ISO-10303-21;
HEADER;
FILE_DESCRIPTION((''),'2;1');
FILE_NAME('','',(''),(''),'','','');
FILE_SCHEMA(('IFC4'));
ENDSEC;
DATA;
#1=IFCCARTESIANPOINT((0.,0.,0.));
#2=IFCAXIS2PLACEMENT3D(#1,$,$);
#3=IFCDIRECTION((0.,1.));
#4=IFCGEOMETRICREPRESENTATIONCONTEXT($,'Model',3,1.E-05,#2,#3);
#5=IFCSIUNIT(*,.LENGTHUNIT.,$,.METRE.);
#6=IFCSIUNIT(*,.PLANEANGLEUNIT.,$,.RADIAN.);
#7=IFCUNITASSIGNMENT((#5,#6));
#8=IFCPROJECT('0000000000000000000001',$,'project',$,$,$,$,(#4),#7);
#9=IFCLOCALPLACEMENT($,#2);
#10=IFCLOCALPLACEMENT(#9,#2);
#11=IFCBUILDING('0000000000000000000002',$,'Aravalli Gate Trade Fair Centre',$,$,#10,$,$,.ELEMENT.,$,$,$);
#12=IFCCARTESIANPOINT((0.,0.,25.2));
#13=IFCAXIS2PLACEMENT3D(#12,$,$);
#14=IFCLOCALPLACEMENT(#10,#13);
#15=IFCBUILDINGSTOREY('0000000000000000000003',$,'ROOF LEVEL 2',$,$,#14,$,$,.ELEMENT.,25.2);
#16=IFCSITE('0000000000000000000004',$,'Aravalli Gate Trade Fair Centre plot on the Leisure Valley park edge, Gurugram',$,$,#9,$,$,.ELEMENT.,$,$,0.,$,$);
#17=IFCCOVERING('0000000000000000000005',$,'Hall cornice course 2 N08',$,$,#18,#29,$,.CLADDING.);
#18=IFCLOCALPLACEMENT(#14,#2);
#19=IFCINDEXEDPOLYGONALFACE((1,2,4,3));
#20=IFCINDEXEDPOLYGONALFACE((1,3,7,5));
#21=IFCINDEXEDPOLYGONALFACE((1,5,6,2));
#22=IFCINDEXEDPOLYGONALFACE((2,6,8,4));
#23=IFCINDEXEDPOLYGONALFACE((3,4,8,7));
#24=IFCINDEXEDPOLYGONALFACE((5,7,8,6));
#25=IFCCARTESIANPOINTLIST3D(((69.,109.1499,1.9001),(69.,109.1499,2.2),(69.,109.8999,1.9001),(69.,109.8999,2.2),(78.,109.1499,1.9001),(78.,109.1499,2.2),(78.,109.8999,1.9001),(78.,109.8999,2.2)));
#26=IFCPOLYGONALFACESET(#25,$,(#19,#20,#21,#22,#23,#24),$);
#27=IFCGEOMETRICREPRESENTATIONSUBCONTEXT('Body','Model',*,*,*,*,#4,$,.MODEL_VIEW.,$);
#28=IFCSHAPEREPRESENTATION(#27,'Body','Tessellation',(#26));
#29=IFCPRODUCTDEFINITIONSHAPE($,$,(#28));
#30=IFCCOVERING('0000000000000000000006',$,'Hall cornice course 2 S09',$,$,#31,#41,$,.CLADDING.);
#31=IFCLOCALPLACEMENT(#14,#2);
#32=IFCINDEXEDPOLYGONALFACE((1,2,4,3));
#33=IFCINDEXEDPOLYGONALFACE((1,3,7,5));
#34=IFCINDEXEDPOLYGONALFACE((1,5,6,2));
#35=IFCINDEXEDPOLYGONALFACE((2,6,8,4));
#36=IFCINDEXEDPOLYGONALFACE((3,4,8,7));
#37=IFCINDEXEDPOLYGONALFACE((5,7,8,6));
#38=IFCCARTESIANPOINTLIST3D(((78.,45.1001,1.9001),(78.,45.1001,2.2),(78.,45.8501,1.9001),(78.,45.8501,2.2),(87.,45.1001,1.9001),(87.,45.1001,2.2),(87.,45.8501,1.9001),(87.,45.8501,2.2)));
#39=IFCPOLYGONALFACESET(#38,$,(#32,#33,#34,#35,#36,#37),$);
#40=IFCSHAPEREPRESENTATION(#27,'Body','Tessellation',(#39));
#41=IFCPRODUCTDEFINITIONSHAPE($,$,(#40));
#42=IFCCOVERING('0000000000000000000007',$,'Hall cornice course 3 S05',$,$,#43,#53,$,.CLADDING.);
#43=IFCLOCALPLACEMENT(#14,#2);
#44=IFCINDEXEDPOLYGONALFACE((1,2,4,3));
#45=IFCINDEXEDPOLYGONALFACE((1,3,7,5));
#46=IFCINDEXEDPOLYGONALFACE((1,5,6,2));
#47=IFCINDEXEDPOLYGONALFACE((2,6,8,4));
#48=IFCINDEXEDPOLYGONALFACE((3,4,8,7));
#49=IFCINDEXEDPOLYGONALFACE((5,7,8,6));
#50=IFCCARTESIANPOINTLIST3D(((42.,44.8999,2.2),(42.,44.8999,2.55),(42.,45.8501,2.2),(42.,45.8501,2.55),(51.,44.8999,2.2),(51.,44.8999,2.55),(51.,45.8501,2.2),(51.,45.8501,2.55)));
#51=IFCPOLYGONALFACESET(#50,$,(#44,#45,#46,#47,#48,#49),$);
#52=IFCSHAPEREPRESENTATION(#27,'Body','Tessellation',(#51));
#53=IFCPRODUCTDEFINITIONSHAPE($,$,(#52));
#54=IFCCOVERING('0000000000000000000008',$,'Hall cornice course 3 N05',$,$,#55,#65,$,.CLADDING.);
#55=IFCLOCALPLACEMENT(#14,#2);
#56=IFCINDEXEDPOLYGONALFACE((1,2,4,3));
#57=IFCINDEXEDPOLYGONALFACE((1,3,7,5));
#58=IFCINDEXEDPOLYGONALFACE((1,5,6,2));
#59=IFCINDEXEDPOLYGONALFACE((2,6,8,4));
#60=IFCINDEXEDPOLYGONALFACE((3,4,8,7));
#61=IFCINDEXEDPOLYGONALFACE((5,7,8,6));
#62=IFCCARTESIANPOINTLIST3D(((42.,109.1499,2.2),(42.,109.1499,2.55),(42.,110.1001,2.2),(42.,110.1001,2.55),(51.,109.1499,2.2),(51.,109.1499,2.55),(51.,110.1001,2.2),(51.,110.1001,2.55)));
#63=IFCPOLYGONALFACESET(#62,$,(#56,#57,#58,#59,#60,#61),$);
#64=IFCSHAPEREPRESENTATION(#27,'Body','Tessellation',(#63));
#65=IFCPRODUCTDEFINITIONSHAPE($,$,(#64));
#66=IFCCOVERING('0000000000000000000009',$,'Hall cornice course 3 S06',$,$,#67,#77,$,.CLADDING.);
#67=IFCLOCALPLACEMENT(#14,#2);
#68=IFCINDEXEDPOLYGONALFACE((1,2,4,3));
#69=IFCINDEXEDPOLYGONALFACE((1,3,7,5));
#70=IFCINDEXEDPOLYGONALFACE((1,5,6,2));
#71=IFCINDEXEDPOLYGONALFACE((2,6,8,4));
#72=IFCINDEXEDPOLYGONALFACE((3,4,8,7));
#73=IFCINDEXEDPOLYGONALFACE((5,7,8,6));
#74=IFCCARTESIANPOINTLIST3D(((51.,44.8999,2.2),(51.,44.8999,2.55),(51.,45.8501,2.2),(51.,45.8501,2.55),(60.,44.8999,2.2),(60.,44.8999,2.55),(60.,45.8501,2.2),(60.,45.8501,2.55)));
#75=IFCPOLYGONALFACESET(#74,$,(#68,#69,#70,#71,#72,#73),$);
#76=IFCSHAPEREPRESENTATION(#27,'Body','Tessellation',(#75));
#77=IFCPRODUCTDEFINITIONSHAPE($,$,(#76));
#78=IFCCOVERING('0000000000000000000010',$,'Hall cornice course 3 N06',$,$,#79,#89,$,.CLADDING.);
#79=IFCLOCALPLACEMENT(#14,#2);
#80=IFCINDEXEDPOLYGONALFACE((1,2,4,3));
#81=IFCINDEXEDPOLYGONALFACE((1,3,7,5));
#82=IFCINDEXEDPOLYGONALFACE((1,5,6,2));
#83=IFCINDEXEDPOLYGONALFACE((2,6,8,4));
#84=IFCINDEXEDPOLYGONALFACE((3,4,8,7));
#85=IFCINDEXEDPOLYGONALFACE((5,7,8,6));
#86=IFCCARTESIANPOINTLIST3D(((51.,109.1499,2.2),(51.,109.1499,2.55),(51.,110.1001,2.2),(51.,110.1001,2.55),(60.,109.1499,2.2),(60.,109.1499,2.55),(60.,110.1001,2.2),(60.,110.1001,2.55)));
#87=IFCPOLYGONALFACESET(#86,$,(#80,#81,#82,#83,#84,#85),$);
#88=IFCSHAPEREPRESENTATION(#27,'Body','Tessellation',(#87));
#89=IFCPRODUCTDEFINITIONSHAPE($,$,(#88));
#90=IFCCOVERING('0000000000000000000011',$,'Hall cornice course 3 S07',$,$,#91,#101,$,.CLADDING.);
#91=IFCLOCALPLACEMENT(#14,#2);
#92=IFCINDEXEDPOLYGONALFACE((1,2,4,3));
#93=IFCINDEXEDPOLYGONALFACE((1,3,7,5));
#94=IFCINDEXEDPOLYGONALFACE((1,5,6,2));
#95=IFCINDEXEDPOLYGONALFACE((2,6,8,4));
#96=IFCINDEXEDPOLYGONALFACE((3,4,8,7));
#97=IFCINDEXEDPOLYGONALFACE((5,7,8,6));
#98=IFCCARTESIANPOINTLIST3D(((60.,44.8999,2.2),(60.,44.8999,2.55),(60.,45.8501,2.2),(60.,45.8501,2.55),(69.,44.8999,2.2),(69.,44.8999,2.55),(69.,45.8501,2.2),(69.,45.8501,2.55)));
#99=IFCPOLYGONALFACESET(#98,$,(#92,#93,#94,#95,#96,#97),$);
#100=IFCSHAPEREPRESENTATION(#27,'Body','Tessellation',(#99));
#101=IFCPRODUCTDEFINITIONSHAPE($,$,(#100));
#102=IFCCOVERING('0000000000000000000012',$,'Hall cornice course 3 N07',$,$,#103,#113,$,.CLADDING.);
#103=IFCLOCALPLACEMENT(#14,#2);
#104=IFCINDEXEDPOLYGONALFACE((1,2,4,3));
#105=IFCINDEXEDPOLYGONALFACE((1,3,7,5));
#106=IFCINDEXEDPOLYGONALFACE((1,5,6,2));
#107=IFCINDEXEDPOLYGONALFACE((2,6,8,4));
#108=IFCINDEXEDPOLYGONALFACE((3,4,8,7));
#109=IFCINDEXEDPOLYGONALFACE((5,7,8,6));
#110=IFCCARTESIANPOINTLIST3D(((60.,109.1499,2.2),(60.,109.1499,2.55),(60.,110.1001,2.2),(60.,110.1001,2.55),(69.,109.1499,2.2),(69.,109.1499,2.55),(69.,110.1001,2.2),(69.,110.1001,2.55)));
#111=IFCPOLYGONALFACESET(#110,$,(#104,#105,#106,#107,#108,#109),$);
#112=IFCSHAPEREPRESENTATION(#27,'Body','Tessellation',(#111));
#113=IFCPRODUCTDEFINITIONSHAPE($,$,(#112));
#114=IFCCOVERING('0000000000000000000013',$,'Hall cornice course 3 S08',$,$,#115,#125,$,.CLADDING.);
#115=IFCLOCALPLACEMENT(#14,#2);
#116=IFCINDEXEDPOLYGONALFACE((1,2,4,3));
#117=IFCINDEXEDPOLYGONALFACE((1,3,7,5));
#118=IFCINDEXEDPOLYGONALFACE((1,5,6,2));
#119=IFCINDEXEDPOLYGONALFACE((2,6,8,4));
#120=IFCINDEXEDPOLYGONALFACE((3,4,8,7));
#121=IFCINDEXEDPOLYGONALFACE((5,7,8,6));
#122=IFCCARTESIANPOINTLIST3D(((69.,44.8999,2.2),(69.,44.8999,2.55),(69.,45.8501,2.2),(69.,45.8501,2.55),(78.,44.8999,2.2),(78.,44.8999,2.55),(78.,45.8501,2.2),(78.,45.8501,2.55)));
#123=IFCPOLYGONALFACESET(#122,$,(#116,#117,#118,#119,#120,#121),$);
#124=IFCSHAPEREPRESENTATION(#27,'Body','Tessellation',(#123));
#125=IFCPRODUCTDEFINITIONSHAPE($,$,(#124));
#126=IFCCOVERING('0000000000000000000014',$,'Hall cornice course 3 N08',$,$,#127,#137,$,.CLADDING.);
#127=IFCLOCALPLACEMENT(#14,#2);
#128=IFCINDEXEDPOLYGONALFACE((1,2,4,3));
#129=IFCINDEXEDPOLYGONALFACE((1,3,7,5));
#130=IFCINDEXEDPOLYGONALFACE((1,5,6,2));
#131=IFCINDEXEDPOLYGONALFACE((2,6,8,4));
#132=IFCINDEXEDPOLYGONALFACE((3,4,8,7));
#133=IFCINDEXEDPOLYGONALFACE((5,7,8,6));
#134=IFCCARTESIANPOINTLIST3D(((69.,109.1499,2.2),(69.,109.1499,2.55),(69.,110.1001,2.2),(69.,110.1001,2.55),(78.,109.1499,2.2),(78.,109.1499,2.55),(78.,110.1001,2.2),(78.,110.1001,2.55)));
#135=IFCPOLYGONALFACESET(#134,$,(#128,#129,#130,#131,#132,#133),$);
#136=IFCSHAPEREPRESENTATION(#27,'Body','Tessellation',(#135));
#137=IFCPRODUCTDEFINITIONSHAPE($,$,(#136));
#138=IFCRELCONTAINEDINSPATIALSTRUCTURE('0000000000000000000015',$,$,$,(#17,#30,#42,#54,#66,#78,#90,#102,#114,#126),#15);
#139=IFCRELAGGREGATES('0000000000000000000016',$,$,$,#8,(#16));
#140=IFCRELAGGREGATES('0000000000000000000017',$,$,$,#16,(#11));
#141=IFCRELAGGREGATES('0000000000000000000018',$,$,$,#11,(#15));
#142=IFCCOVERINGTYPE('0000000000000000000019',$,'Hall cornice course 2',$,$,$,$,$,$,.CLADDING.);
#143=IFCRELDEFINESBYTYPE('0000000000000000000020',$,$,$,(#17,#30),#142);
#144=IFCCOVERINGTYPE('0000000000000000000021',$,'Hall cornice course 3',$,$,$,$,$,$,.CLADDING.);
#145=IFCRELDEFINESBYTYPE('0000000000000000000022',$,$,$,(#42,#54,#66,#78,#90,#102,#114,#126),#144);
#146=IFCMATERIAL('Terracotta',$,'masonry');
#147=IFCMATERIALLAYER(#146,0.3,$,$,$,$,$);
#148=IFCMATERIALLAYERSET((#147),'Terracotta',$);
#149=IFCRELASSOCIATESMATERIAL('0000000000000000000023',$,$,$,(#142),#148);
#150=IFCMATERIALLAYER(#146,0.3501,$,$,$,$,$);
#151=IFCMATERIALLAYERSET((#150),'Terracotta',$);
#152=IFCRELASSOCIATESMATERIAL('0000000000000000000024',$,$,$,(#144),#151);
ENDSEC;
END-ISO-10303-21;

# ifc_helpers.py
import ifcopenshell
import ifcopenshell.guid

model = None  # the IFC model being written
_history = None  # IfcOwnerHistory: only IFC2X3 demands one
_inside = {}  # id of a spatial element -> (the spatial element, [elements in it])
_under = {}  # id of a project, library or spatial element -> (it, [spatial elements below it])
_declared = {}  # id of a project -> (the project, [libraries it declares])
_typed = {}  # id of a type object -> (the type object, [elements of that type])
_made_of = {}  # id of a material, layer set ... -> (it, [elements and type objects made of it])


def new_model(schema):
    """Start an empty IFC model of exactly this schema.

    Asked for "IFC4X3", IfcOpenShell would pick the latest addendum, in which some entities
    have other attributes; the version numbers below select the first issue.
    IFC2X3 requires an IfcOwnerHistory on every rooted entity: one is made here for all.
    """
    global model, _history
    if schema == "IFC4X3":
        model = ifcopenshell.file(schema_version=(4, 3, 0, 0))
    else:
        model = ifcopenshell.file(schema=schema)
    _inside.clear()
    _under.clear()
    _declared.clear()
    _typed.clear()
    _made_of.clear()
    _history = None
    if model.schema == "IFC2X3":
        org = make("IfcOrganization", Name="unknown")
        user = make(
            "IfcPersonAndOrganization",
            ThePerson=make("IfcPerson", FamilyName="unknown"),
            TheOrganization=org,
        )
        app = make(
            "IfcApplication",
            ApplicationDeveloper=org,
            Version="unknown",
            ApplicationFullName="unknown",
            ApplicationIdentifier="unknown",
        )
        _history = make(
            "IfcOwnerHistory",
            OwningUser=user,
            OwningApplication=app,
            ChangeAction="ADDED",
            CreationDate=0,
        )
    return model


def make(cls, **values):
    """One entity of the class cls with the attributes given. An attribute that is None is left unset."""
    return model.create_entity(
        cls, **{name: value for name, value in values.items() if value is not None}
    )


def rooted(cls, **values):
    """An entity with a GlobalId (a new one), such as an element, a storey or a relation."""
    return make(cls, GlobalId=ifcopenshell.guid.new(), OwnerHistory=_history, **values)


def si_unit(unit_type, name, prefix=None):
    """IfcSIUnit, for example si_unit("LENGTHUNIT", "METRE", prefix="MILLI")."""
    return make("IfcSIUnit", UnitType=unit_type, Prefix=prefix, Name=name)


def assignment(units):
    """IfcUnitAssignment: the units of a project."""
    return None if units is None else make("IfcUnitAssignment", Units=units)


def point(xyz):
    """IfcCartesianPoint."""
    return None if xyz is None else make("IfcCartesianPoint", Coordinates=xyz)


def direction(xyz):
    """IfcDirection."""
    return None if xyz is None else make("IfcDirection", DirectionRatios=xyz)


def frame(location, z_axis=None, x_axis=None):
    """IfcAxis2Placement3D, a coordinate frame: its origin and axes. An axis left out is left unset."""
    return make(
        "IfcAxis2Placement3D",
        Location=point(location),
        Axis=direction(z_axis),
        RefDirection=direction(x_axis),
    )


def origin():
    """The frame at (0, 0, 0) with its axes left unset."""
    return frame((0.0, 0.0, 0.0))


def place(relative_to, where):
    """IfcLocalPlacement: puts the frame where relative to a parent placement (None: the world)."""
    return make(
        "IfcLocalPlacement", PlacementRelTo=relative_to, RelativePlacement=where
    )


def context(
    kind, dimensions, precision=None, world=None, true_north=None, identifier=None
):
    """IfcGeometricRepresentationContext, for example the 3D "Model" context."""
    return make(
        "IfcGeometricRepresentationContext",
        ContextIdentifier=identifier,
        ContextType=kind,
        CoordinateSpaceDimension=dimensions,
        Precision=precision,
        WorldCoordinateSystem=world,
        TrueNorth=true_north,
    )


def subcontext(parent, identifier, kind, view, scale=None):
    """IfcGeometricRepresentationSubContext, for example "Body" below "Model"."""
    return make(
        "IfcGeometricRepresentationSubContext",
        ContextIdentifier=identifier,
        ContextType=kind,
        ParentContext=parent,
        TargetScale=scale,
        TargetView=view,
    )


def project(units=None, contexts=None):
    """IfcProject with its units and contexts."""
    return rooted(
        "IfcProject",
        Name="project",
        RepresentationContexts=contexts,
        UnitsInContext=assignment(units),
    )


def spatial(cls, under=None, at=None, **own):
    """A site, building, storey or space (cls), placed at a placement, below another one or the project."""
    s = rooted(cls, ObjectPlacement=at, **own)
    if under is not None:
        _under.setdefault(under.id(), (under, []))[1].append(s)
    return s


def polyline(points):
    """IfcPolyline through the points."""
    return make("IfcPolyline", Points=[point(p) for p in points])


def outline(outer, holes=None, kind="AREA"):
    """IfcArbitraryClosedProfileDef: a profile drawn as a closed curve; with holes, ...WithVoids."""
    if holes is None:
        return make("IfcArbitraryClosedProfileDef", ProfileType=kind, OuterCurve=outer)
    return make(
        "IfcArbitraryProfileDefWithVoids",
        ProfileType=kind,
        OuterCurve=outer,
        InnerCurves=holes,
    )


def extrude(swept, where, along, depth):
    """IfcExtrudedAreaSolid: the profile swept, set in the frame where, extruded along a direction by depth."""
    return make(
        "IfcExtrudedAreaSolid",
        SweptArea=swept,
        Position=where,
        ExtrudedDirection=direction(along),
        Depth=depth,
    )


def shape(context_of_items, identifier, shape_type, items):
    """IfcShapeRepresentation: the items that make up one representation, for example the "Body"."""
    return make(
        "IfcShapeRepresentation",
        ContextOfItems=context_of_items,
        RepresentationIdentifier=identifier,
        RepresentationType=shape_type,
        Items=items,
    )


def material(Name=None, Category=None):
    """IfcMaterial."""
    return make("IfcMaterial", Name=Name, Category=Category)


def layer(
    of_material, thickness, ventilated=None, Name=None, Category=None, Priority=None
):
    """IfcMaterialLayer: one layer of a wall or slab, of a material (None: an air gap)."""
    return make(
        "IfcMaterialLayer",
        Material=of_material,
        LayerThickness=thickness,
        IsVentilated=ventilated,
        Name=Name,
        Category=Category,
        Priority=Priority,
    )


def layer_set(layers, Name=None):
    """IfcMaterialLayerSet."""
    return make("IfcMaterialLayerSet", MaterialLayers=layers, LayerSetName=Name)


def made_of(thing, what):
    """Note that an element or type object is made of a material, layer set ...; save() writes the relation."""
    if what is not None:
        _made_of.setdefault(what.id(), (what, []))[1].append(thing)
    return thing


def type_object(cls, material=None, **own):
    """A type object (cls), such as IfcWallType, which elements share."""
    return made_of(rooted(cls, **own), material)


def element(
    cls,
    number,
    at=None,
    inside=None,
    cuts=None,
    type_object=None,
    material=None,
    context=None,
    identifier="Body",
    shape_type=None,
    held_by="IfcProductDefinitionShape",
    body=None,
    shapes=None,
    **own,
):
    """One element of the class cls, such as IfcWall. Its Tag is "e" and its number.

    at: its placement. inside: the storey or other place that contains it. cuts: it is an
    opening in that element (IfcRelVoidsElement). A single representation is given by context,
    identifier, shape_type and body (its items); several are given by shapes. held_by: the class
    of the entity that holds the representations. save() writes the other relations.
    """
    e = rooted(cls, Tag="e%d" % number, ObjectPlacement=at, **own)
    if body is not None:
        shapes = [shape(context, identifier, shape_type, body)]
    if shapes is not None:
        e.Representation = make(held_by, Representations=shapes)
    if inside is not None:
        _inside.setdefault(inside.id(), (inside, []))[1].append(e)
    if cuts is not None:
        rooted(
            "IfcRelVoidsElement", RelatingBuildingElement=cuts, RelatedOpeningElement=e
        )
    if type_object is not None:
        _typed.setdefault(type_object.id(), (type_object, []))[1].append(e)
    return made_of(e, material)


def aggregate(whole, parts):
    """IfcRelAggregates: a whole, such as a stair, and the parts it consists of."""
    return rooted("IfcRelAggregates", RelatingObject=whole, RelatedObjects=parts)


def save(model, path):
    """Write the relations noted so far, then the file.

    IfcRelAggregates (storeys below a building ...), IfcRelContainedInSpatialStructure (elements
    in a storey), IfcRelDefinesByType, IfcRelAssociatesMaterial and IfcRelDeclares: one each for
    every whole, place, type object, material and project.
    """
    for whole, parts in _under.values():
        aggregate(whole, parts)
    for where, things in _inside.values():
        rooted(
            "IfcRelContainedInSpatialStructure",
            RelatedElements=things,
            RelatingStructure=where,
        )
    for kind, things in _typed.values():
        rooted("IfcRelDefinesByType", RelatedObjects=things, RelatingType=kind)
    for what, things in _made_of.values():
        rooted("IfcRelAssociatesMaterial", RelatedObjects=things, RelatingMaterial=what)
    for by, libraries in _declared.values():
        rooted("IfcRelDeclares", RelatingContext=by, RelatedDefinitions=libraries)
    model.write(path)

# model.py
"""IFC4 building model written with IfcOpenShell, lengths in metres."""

from ifc_helpers import new_model, si_unit, direction, frame, origin, place, context, subcontext, project, spatial, polyline, outline, extrude, material, layer, layer_set, type_object, element, save


model = new_model("IFC4")

# Units and contexts
model_context = context("Model", 3, precision=1e-05, world=origin(), true_north=direction((0.0, 1.0)))
body_context = subcontext(model_context, "Body", "Model", "MODEL_VIEW")
ifc_project = project(units=[si_unit("LENGTHUNIT", "METRE"), si_unit("PLANEANGLEUNIT", "RADIAN")], contexts=[model_context])

# Site, building, storey
site_placement = place(None, origin())
site = spatial("IfcSite", under=ifc_project, at=site_placement, Name="Aravalli Gate Trade Fair Centre plot on the Leisure Valley park edge, Gurugram", CompositionType="ELEMENT", RefElevation=0.0)
building_placement = place(site_placement, origin())
building = spatial("IfcBuilding", under=site, at=building_placement, Name="Aravalli Gate Trade Fair Centre", CompositionType="ELEMENT")
storey_placement = place(building_placement, frame((0.0, 0.0, 25.2)))
storey = spatial("IfcBuildingStorey", under=building, at=storey_placement, Name="ROOF LEVEL 2", CompositionType="ELEMENT", Elevation=25.2)

# Coverings
ifc_material = material(Name="Terracotta", Category="masonry")
ifc_layer_1 = layer(ifc_material, 0.3)
ifc_layer_set_1 = layer_set([ifc_layer_1], Name="Terracotta")
covering_type_1 = type_object("IfcCoveringType", Name="Hall cornice course 2", PredefinedType="CLADDING", material=ifc_layer_set_1)
covering_1_placement = place(storey_placement, frame((0.0, 0.0, 1.9001)))
element("IfcCovering", 1, at=covering_1_placement, inside=storey, type_object=covering_type_1, Name="Hall cornice course 2 N08", PredefinedType="CLADDING", context=body_context, shape_type="SweptSolid", body=[
    extrude(outline(polyline([(69.0, 109.1499), (78.0, 109.1499), (78.0, 109.8999), (69.0, 109.8999), (69.0, 109.1499)])), origin(), (0.0, 0.0, 1.0), 0.2998),
])
covering_2_placement = place(storey_placement, frame((0.0, 0.0, 1.9001)))
element("IfcCovering", 2, at=covering_2_placement, inside=storey, type_object=covering_type_1, Name="Hall cornice course 2 S09", PredefinedType="CLADDING", context=body_context, shape_type="SweptSolid", body=[
    extrude(outline(polyline([(78.0, 45.1001), (87.0, 45.1001), (87.0, 45.8501), (78.0, 45.8501), (78.0, 45.1001)])), origin(), (0.0, 0.0, 1.0), 0.2998),
])
ifc_layer_2 = layer(ifc_material, 0.3501)
ifc_layer_set_2 = layer_set([ifc_layer_2], Name="Terracotta")
covering_type_2 = type_object("IfcCoveringType", Name="Hall cornice course 3", PredefinedType="CLADDING", material=ifc_layer_set_2)
covering_3_placement = place(storey_placement, frame((0.0, 0.0, 2.2)))
element("IfcCovering", 3, at=covering_3_placement, inside=storey, type_object=covering_type_2, Name="Hall cornice course 3 S05", PredefinedType="CLADDING", context=body_context, shape_type="SweptSolid", body=[
    extrude(outline(polyline([(42.0, 44.8999), (51.0, 44.8999), (51.0, 45.8501), (42.0, 45.8501), (42.0, 44.8999)])), origin(), (0.0, 0.0, 1.0), 0.3501),
])
covering_4_placement = place(storey_placement, frame((0.0, 0.0, 2.2)))
element("IfcCovering", 4, at=covering_4_placement, inside=storey, type_object=covering_type_2, Name="Hall cornice course 3 N05", PredefinedType="CLADDING", context=body_context, shape_type="SweptSolid", body=[
    extrude(outline(polyline([(42.0, 109.1499), (51.0, 109.1499), (51.0, 110.1001), (42.0, 110.1001), (42.0, 109.1499)])), origin(), (0.0, 0.0, 1.0), 0.3501),
])
covering_5_placement = place(storey_placement, frame((0.0, 0.0, 2.2)))
element("IfcCovering", 5, at=covering_5_placement, inside=storey, type_object=covering_type_2, Name="Hall cornice course 3 S06", PredefinedType="CLADDING", context=body_context, shape_type="SweptSolid", body=[
    extrude(outline(polyline([(51.0, 44.8999), (60.0, 44.8999), (60.0, 45.8501), (51.0, 45.8501), (51.0, 44.8999)])), origin(), (0.0, 0.0, 1.0), 0.3501),
])
covering_6_placement = place(storey_placement, frame((0.0, 0.0, 2.2)))
element("IfcCovering", 6, at=covering_6_placement, inside=storey, type_object=covering_type_2, Name="Hall cornice course 3 N06", PredefinedType="CLADDING", context=body_context, shape_type="SweptSolid", body=[
    extrude(outline(polyline([(51.0, 109.1499), (60.0, 109.1499), (60.0, 110.1001), (51.0, 110.1001), (51.0, 109.1499)])), origin(), (0.0, 0.0, 1.0), 0.3501),
])
covering_7_placement = place(storey_placement, frame((0.0, 0.0, 2.2)))
element("IfcCovering", 7, at=covering_7_placement, inside=storey, type_object=covering_type_2, Name="Hall cornice course 3 S07", PredefinedType="CLADDING", context=body_context, shape_type="SweptSolid", body=[
    extrude(outline(polyline([(60.0, 44.8999), (69.0, 44.8999), (69.0, 45.8501), (60.0, 45.8501), (60.0, 44.8999)])), origin(), (0.0, 0.0, 1.0), 0.3501),
])
covering_8_placement = place(storey_placement, frame((0.0, 0.0, 2.2)))
element("IfcCovering", 8, at=covering_8_placement, inside=storey, type_object=covering_type_2, Name="Hall cornice course 3 N07", PredefinedType="CLADDING", context=body_context, shape_type="SweptSolid", body=[
    extrude(outline(polyline([(60.0, 109.1499), (69.0, 109.1499), (69.0, 110.1001), (60.0, 110.1001), (60.0, 109.1499)])), origin(), (0.0, 0.0, 1.0), 0.3501),
])
covering_9_placement = place(storey_placement, frame((0.0, 0.0, 2.2)))
element("IfcCovering", 9, at=covering_9_placement, inside=storey, type_object=covering_type_2, Name="Hall cornice course 3 S08", PredefinedType="CLADDING", context=body_context, shape_type="SweptSolid", body=[
    extrude(outline(polyline([(69.0, 44.8999), (78.0, 44.8999), (78.0, 45.8501), (69.0, 45.8501), (69.0, 44.8999)])), origin(), (0.0, 0.0, 1.0), 0.3501),
])
covering_10_placement = place(storey_placement, frame((0.0, 0.0, 2.2)))
element("IfcCovering", 10, at=covering_10_placement, inside=storey, type_object=covering_type_2, Name="Hall cornice course 3 N08", PredefinedType="CLADDING", context=body_context, shape_type="SweptSolid", body=[
    extrude(outline(polyline([(69.0, 109.1499), (78.0, 109.1499), (78.0, 110.1001), (69.0, 110.1001), (69.0, 109.1499)])), origin(), (0.0, 0.0, 1.0), 0.3501),
])

save(model, "model.ifc")
